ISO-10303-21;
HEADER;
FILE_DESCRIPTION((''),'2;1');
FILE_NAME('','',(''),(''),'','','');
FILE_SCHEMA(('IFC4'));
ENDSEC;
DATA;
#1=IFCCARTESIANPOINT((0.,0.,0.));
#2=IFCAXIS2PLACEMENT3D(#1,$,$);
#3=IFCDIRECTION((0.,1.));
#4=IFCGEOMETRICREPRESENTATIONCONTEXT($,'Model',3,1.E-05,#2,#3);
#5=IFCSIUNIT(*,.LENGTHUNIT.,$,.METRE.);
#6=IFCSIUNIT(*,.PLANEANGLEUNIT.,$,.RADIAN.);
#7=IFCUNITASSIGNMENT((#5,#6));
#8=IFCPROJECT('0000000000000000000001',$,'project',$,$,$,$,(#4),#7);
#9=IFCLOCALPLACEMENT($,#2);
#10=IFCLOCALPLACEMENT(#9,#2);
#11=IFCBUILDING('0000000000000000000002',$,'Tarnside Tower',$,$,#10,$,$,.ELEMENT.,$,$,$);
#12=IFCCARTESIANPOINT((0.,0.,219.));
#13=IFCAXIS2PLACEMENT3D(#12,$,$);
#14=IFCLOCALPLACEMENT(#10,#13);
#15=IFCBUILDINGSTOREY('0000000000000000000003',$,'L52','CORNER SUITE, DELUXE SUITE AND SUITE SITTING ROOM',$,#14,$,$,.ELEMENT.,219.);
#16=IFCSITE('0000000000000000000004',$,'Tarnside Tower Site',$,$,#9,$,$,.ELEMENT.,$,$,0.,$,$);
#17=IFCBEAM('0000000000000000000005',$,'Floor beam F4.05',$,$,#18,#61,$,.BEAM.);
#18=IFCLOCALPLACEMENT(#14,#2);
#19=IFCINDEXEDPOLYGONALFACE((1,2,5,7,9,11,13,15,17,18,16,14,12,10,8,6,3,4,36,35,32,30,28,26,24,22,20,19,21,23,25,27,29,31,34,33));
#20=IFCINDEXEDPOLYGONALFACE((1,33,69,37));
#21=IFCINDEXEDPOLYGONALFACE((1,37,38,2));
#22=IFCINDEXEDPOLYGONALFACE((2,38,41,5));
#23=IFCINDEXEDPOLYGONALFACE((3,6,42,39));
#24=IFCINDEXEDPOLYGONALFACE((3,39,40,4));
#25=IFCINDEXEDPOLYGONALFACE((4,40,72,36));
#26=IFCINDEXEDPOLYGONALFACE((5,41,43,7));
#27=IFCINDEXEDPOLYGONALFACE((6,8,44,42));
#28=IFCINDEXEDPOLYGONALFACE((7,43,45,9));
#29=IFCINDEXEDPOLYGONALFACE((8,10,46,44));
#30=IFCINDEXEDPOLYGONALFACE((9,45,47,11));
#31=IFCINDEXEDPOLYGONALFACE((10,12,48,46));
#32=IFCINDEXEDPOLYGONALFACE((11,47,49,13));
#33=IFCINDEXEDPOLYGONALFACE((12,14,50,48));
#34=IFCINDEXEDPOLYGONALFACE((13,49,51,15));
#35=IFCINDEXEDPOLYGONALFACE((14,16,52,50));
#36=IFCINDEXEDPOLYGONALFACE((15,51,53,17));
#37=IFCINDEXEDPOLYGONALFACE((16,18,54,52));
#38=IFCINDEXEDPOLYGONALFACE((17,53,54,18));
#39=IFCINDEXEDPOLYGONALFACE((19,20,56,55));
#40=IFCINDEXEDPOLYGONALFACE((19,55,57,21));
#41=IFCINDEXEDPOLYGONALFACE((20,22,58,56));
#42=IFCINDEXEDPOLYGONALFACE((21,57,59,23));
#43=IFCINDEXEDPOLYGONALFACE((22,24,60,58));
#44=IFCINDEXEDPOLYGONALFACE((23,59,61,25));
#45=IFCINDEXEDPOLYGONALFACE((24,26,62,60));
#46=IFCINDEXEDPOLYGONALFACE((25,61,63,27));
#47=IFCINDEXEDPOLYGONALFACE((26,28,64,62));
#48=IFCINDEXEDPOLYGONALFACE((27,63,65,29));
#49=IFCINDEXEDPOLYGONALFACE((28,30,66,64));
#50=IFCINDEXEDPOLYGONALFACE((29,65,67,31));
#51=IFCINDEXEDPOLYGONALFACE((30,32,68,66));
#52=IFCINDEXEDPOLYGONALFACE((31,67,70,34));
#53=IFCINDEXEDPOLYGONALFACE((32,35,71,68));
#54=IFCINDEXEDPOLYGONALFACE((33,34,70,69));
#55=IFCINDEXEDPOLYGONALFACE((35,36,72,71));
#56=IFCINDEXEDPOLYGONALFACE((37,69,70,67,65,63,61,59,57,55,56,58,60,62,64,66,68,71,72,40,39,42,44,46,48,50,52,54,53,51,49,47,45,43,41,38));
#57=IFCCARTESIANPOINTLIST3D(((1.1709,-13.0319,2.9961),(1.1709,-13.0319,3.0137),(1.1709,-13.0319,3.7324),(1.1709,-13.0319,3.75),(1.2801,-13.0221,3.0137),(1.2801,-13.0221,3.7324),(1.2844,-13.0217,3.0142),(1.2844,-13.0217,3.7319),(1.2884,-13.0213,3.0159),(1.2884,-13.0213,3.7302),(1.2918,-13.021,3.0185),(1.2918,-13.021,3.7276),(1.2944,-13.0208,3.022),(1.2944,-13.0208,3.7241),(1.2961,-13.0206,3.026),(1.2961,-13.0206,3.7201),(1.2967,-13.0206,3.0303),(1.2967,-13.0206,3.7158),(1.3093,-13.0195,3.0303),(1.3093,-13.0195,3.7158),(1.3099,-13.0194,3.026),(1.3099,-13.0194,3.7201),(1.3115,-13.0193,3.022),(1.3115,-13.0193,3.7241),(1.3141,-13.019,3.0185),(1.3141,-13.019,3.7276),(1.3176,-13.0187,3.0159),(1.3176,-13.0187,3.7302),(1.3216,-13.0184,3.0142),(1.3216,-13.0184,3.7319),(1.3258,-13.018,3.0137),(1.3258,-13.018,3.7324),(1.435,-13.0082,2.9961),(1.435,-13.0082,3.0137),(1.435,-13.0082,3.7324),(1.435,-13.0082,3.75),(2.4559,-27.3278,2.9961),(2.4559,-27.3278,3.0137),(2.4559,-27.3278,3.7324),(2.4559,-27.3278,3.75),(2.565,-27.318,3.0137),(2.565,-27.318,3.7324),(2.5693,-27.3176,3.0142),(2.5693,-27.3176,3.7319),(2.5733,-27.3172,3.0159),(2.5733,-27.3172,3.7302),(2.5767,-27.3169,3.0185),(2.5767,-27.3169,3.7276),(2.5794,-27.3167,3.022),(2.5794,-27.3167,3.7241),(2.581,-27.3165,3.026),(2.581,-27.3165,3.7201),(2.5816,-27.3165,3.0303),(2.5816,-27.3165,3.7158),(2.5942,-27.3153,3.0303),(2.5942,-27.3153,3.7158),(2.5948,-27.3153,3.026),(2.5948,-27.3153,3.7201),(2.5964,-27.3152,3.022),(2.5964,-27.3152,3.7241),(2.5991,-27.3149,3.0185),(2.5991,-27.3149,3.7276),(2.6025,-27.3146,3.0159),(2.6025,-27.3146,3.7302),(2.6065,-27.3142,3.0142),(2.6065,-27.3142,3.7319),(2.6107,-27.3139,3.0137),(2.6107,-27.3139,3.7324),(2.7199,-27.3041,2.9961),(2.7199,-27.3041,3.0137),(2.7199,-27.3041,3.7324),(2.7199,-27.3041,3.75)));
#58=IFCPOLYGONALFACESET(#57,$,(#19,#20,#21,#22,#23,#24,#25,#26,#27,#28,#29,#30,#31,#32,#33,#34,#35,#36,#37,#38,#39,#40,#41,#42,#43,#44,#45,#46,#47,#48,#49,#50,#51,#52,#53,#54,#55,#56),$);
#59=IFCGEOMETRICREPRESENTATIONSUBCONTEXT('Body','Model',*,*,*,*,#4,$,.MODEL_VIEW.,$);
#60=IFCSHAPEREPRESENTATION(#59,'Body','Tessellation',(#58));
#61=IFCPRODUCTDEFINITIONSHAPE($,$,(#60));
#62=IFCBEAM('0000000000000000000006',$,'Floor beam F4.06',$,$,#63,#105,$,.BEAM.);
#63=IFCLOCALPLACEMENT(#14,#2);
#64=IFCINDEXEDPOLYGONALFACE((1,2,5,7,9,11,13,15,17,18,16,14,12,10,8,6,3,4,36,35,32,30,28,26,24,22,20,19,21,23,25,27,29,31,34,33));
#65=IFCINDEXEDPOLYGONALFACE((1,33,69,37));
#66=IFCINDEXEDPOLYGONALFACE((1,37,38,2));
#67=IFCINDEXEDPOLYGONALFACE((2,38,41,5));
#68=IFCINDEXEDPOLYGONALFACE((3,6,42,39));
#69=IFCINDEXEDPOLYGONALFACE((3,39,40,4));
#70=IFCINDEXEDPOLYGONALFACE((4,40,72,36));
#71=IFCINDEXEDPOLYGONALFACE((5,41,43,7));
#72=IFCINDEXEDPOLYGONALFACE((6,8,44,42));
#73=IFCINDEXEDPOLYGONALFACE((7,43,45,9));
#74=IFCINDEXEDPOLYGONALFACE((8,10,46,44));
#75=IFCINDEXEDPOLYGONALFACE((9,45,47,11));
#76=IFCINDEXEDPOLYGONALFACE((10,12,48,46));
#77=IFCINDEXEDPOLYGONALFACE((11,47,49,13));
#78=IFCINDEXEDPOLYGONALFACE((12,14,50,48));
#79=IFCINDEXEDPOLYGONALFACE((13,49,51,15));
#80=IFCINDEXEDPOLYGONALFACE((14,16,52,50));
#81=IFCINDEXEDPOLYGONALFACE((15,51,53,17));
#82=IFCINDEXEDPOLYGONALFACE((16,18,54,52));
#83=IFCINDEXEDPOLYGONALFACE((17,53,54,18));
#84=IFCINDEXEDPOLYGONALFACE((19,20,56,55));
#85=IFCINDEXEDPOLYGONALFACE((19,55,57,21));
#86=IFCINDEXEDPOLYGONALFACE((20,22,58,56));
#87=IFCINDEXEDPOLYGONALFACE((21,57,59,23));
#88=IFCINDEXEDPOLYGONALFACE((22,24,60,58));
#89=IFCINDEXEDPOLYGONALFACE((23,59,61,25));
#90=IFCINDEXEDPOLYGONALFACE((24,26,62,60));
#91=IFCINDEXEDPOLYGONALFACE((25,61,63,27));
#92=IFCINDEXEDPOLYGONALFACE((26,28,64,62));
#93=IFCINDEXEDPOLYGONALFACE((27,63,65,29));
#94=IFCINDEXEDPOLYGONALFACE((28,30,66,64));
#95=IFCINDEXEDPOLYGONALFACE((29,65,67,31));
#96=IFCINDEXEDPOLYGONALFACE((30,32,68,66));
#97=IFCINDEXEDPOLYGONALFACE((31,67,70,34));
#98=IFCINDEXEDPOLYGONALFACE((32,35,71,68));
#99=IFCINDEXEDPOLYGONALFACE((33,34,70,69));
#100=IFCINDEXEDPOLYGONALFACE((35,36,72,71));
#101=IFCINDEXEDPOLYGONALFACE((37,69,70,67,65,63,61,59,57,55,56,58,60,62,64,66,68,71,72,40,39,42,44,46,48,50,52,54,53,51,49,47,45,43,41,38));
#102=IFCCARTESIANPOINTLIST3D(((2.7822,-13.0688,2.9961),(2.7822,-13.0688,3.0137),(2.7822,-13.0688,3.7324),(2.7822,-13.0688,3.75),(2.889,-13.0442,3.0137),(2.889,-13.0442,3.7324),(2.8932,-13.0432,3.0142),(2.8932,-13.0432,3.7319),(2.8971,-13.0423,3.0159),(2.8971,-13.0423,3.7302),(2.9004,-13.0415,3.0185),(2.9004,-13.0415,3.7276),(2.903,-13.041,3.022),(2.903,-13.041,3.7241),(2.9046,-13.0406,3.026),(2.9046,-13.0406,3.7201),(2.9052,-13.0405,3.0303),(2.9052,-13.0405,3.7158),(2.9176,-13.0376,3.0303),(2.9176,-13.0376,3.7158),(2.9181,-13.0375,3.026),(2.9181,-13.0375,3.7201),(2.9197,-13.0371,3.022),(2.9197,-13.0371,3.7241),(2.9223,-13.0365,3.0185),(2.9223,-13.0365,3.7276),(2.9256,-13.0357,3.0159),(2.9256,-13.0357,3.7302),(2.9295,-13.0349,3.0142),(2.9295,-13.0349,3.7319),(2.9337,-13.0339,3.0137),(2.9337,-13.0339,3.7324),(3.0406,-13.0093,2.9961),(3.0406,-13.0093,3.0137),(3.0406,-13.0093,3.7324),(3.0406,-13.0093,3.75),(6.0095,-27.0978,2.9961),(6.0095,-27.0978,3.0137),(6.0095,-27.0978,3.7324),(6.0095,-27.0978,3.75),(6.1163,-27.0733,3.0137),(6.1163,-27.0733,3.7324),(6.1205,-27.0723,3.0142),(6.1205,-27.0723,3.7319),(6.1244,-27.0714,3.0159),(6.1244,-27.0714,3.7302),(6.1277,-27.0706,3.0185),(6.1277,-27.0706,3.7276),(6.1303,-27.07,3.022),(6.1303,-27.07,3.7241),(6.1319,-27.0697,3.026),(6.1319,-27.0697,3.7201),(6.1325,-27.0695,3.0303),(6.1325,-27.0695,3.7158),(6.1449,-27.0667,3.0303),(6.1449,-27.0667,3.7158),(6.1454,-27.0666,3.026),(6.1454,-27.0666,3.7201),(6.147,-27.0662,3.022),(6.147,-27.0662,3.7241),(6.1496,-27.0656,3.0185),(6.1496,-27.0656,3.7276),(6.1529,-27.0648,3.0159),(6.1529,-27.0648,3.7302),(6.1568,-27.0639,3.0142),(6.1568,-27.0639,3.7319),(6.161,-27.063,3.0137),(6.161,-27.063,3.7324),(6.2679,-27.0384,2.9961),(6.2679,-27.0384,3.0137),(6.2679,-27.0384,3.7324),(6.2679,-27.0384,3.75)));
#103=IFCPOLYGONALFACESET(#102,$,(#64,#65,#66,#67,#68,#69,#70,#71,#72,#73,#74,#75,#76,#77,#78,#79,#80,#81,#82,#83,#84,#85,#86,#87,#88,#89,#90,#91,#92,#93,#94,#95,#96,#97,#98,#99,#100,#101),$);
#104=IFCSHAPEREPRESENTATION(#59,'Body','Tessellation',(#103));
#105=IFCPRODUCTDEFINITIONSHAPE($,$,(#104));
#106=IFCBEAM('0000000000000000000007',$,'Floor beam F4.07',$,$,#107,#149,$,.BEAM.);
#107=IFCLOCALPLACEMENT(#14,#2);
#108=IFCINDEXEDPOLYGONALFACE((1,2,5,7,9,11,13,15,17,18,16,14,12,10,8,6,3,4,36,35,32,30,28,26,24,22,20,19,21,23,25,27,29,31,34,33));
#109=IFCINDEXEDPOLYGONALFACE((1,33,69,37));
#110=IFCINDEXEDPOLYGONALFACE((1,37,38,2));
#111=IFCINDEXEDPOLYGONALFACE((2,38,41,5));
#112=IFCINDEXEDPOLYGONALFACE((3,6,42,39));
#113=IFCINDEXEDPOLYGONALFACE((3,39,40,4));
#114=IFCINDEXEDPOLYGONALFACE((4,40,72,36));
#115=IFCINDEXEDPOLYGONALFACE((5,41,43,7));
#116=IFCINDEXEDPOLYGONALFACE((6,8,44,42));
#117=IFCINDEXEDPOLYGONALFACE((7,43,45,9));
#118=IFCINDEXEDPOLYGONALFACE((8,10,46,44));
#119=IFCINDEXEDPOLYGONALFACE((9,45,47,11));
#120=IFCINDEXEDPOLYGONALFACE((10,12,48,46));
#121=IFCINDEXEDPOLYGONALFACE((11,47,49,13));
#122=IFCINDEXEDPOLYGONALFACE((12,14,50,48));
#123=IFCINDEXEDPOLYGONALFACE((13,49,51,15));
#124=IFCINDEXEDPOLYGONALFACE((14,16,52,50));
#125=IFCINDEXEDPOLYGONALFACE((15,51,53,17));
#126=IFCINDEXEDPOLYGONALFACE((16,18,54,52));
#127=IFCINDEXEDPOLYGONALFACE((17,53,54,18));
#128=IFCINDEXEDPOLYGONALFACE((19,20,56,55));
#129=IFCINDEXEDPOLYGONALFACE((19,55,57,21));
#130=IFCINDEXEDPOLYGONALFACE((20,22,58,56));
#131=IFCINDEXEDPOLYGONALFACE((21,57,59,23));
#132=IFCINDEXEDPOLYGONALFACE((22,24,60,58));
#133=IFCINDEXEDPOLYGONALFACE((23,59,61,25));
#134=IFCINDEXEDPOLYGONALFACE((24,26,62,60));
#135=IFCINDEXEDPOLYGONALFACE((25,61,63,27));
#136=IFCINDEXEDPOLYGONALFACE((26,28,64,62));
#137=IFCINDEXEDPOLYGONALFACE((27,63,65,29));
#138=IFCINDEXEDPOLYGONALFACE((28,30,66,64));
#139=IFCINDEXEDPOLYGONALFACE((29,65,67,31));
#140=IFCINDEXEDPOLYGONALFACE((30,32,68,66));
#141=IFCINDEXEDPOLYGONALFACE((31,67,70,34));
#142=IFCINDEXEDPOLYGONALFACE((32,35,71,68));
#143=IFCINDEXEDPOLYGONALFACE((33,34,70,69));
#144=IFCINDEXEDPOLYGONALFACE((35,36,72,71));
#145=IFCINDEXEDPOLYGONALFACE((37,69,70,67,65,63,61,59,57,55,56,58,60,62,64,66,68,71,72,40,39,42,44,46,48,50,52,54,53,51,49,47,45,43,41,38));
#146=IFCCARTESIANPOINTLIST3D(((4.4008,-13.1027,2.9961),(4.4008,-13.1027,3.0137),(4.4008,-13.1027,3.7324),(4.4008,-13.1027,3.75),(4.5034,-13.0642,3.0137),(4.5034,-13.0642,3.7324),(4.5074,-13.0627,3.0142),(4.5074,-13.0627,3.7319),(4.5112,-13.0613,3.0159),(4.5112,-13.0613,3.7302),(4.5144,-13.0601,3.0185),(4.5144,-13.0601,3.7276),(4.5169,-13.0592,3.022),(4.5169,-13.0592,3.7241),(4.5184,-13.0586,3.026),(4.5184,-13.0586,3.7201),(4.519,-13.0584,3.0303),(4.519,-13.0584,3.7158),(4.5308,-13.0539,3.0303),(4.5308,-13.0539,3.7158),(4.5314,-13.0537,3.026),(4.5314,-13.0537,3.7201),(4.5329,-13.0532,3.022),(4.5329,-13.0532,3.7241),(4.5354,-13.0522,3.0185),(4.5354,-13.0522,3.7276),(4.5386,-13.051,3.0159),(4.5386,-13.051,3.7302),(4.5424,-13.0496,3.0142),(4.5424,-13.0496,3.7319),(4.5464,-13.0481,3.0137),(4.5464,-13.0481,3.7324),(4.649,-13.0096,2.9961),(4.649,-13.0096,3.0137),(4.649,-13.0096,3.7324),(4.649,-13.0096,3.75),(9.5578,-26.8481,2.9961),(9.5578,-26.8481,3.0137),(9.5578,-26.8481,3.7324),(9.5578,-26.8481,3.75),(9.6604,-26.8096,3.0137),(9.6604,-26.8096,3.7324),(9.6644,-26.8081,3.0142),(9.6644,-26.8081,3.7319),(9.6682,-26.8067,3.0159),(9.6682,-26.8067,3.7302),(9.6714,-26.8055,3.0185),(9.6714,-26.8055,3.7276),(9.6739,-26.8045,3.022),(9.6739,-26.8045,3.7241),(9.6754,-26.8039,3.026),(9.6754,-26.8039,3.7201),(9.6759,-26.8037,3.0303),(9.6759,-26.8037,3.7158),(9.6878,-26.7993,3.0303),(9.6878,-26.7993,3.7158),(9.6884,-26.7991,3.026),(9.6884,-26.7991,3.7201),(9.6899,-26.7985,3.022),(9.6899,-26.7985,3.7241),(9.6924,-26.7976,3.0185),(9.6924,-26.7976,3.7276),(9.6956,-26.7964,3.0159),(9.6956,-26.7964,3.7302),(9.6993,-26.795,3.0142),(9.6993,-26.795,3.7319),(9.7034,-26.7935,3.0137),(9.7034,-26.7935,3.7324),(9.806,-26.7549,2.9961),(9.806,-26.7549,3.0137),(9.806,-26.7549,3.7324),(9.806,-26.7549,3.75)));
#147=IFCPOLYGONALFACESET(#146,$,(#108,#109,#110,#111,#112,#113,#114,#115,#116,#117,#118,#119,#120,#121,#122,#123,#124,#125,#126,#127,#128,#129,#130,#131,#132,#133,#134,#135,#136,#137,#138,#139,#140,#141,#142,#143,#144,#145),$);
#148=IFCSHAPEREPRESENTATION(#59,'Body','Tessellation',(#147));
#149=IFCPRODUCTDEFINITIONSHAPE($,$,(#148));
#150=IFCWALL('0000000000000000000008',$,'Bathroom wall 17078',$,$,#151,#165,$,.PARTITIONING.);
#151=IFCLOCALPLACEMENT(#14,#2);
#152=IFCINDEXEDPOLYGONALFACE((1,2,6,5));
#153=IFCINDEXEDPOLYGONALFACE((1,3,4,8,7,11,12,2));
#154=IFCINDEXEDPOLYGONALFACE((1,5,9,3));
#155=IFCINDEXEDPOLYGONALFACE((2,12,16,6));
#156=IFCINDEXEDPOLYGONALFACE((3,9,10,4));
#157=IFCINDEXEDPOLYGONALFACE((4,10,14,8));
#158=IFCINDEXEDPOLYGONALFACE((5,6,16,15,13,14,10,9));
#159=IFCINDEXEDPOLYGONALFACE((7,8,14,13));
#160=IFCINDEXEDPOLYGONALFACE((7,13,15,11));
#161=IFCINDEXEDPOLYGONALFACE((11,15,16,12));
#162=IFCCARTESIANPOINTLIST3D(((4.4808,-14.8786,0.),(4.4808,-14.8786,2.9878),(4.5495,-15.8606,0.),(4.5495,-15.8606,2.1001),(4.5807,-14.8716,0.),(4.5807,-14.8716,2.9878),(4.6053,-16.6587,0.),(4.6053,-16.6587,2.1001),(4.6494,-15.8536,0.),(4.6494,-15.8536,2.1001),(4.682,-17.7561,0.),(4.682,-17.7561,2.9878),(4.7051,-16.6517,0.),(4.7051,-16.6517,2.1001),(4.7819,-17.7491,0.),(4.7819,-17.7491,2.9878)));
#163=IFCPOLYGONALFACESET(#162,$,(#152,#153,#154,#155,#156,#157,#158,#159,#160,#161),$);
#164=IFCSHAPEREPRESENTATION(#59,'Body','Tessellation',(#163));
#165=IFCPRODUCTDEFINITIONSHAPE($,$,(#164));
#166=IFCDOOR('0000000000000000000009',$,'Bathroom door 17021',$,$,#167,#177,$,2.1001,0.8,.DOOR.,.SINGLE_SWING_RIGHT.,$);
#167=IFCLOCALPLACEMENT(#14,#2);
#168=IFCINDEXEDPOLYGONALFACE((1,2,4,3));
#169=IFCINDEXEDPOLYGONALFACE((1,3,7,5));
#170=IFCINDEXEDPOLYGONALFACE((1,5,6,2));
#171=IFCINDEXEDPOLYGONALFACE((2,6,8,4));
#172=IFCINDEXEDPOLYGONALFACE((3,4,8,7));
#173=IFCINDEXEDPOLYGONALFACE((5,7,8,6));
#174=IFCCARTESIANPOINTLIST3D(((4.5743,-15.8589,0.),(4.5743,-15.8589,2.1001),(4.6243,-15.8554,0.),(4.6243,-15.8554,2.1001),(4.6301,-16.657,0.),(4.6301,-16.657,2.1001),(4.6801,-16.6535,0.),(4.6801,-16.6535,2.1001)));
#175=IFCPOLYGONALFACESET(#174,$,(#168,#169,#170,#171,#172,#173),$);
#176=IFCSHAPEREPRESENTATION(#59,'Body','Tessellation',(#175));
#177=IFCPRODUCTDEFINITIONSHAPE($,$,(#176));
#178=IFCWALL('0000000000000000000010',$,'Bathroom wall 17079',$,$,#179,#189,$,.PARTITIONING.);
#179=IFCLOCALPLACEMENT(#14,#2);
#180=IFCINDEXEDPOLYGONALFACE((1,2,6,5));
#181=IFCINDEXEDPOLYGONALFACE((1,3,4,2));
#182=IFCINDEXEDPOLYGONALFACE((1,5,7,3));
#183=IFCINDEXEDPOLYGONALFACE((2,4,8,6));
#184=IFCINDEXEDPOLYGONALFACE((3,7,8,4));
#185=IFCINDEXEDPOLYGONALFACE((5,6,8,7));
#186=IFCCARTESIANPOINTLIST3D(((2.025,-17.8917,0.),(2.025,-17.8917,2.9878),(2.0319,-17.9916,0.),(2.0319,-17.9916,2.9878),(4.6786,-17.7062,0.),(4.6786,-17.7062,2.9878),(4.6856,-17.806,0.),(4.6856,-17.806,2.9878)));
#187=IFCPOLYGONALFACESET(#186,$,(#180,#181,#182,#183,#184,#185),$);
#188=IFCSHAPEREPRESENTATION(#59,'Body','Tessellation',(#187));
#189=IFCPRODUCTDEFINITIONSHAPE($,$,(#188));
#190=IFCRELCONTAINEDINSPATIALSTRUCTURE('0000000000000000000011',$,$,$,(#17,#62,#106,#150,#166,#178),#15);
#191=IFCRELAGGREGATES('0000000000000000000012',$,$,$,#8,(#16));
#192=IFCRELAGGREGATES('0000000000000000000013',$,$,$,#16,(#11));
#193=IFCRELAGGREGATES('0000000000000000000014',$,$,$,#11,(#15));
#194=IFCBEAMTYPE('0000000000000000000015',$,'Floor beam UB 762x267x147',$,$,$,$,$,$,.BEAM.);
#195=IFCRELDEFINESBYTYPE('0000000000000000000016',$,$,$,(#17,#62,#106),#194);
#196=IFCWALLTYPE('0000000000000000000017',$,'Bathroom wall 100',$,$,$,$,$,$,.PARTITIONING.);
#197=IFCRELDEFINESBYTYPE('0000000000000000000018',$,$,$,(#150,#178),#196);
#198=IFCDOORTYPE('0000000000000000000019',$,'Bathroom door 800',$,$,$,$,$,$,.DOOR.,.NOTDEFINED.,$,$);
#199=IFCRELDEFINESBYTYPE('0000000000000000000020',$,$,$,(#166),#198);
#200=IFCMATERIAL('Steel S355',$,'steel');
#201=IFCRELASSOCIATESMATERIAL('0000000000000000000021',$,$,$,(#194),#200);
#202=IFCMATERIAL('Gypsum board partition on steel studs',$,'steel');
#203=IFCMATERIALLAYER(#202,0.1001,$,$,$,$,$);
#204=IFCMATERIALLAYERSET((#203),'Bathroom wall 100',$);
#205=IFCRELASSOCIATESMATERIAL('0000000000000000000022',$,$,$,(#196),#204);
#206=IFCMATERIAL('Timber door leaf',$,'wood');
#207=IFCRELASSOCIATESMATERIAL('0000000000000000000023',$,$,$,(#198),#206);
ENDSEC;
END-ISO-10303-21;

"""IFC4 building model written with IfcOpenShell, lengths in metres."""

from ifc_helpers import new_model, si_unit, direction, frame, frame_2d, origin, origin_2d, place, context, subcontext, project, spatial, rectangle, i_section, extrude, material, layer, layer_set, material_profile, profile_set, type_object, element, fill, save


model = new_model("IFC4")

# Units and contexts
model_context = context("Model", 3, precision=1e-05, world=origin(), true_north=direction((0.0, 1.0)))
body_context = subcontext(model_context, "Body", "Model", "MODEL_VIEW")
ifc_project = project(units=[si_unit("LENGTHUNIT", "METRE"), si_unit("PLANEANGLEUNIT", "RADIAN")], contexts=[model_context])

# Site, building, storey
site_placement = place(None, origin())
site = spatial("IfcSite", under=ifc_project, at=site_placement, Name="Tarnside Tower Site", CompositionType="ELEMENT", RefElevation=0.0)
building_placement = place(site_placement, origin())
building = spatial("IfcBuilding", under=site, at=building_placement, Name="Tarnside Tower", CompositionType="ELEMENT")
storey_placement = place(building_placement, frame((0.0, 0.0, 219.0)))
storey = spatial("IfcBuildingStorey", under=building, at=storey_placement, Name="L52", Description="CORNER SUITE, DELUXE SUITE AND SUITE SITTING ROOM", CompositionType="ELEMENT", Elevation=219.0)

# Beams
ifc_material_1 = material(Name="Steel S355", Category="steel")
ifc_material_profile = material_profile(ifc_material_1, i_section(OverallWidth=0.2651, OverallDepth=0.7539, WebThickness=0.0127, FlangeThickness=0.0176, FilletRadius=0.0166, at=origin_2d()), Name="UB 762x267x147")
ifc_profile_set = profile_set([ifc_material_profile], Name="Steel S355")
beam_type = type_object("IfcBeamType", Name="Floor beam UB 762x267x147", PredefinedType="BEAM", material=ifc_profile_set)
beam_1_placement = place(storey_placement, frame((2.5879, -27.3159, 3.373), z_axis=(-0.089519, 0.995985, 0.0), x_axis=(-0.995985, -0.089519, 0.0)))
element("IfcBeam", 1, at=beam_1_placement, inside=storey, type_object=beam_type, Name="Floor beam F4.05", PredefinedType="BEAM", context=body_context, shape_type="SweptSolid", body=[
    extrude(i_section(OverallWidth=0.2651, OverallDepth=0.7539, WebThickness=0.0127, FlangeThickness=0.0176, FilletRadius=0.0166, at=origin_2d()), origin(), (0.0, 0.0, 1.0), 14.3535),
])
beam_2_placement = place(storey_placement, frame((6.1387, -27.0681, 3.373), z_axis=(-0.224188, 0.974546, 0.0), x_axis=(-0.974546, -0.224188, 0.0)))
element("IfcBeam", 2, at=beam_2_placement, inside=storey, type_object=beam_type, Name="Floor beam F4.06", PredefinedType="BEAM", context=body_context, shape_type="SweptSolid", body=[
    extrude(i_section(OverallWidth=0.2651, OverallDepth=0.7539, WebThickness=0.0127, FlangeThickness=0.0176, FilletRadius=0.0166, at=origin_2d()), origin(), (0.0, 0.0, 1.0), 14.3955),
])
beam_3_placement = place(storey_placement, frame((9.6819, -26.8015, 3.373), z_axis=(-0.351271, 0.936274, 0.0), x_axis=(-0.936274, -0.351271, 0.0)))
element("IfcBeam", 3, at=beam_3_placement, inside=storey, type_object=beam_type, Name="Floor beam F4.07", PredefinedType="BEAM", context=body_context, shape_type="SweptSolid", body=[
    extrude(i_section(OverallWidth=0.2651, OverallDepth=0.7539, WebThickness=0.0127, FlangeThickness=0.0176, FilletRadius=0.0166, at=origin_2d()), origin(), (0.0, 0.0, 1.0), 14.6809),
])

# Wall, opening, door
ifc_material_2 = material(Name="Gypsum board partition on steel studs", Category="steel")
ifc_layer_1 = layer(ifc_material_2, 0.1001)
ifc_layer_set_1 = layer_set([ifc_layer_1], Name="Bathroom wall 100")
wall_type_1 = type_object("IfcWallType", Name="Bathroom wall 100", PredefinedType="PARTITIONING", material=ifc_layer_set_1)
wall_1_placement = place(storey_placement, frame((4.5308, -14.875, 0.0), z_axis=(0.0, 0.0, 1.0), x_axis=(0.069743, -0.997565, 0.0)))
wall_1 = element("IfcWall", 4, at=wall_1_placement, inside=storey, type_object=wall_type_1, Name="Bathroom wall 17078", PredefinedType="PARTITIONING", context=body_context, shape_type="SweptSolid", body=[
    extrude(rectangle(XDim=2.8845, YDim=0.1001, at=frame_2d((1.4424, 0.0))), origin(), (0.0, 0.0, 1.0), 2.9878),
])
opening_1_placement = place(wall_1_placement, frame((0.9846, 0.0, 0.0)))
opening_1 = element("IfcOpeningElement", 5, at=opening_1_placement, cuts=wall_1, PredefinedType="OPENING", context=body_context, shape_type="SweptSolid", body=[
    extrude(rectangle(XDim=0.8, YDim=2.1001, at=frame_2d((0.3999, 1.05))), frame((0.0, 0.0601, 0.0), z_axis=(0.0, -1.0, 0.0), x_axis=(1.0, 0.0, 0.0)), (0.0, 0.0, 1.0), 0.1201),
])
ifc_material_3 = material(Name="Timber door leaf", Category="wood")
door_type_1 = type_object("IfcDoorType", Name="Bathroom door 800", OperationType="NOTDEFINED", PredefinedType="DOOR", material=ifc_material_3)
door_1_placement = place(opening_1_placement, origin())
door_1 = element("IfcDoor", 6, at=door_1_placement, inside=storey, type_object=door_type_1, Name="Bathroom door 17021", OperationType="SINGLE_SWING_RIGHT", OverallHeight=2.1001, OverallWidth=0.8, PredefinedType="DOOR", context=body_context, shape_type="SweptSolid", body=[
    extrude(rectangle(XDim=0.8, YDim=2.1001, at=frame_2d((0.3999, 1.05))), frame((0.0, 0.0249, 0.0), z_axis=(0.0, -1.0, 0.0), x_axis=(1.0, 0.0, 0.0)), (0.0, 0.0, 1.0), 0.05),
])
fill(opening_1, door_1)

# Wall
wall_2_placement = place(storey_placement, frame((4.6821, -17.7561, 0.0), z_axis=(0.0, 0.0, 1.0), x_axis=(-0.997564, -0.069753, 0.0)))
element("IfcWall", 7, at=wall_2_placement, inside=storey, type_object=wall_type_1, Name="Bathroom wall 17079", PredefinedType="PARTITIONING", context=body_context, shape_type="SweptSolid", body=[
    extrude(rectangle(XDim=2.6602, YDim=0.1001, at=frame_2d((1.3301, 0.0))), origin(), (0.0, 0.0, 1.0), 2.9878),
])

save(model, "model.ifc")
